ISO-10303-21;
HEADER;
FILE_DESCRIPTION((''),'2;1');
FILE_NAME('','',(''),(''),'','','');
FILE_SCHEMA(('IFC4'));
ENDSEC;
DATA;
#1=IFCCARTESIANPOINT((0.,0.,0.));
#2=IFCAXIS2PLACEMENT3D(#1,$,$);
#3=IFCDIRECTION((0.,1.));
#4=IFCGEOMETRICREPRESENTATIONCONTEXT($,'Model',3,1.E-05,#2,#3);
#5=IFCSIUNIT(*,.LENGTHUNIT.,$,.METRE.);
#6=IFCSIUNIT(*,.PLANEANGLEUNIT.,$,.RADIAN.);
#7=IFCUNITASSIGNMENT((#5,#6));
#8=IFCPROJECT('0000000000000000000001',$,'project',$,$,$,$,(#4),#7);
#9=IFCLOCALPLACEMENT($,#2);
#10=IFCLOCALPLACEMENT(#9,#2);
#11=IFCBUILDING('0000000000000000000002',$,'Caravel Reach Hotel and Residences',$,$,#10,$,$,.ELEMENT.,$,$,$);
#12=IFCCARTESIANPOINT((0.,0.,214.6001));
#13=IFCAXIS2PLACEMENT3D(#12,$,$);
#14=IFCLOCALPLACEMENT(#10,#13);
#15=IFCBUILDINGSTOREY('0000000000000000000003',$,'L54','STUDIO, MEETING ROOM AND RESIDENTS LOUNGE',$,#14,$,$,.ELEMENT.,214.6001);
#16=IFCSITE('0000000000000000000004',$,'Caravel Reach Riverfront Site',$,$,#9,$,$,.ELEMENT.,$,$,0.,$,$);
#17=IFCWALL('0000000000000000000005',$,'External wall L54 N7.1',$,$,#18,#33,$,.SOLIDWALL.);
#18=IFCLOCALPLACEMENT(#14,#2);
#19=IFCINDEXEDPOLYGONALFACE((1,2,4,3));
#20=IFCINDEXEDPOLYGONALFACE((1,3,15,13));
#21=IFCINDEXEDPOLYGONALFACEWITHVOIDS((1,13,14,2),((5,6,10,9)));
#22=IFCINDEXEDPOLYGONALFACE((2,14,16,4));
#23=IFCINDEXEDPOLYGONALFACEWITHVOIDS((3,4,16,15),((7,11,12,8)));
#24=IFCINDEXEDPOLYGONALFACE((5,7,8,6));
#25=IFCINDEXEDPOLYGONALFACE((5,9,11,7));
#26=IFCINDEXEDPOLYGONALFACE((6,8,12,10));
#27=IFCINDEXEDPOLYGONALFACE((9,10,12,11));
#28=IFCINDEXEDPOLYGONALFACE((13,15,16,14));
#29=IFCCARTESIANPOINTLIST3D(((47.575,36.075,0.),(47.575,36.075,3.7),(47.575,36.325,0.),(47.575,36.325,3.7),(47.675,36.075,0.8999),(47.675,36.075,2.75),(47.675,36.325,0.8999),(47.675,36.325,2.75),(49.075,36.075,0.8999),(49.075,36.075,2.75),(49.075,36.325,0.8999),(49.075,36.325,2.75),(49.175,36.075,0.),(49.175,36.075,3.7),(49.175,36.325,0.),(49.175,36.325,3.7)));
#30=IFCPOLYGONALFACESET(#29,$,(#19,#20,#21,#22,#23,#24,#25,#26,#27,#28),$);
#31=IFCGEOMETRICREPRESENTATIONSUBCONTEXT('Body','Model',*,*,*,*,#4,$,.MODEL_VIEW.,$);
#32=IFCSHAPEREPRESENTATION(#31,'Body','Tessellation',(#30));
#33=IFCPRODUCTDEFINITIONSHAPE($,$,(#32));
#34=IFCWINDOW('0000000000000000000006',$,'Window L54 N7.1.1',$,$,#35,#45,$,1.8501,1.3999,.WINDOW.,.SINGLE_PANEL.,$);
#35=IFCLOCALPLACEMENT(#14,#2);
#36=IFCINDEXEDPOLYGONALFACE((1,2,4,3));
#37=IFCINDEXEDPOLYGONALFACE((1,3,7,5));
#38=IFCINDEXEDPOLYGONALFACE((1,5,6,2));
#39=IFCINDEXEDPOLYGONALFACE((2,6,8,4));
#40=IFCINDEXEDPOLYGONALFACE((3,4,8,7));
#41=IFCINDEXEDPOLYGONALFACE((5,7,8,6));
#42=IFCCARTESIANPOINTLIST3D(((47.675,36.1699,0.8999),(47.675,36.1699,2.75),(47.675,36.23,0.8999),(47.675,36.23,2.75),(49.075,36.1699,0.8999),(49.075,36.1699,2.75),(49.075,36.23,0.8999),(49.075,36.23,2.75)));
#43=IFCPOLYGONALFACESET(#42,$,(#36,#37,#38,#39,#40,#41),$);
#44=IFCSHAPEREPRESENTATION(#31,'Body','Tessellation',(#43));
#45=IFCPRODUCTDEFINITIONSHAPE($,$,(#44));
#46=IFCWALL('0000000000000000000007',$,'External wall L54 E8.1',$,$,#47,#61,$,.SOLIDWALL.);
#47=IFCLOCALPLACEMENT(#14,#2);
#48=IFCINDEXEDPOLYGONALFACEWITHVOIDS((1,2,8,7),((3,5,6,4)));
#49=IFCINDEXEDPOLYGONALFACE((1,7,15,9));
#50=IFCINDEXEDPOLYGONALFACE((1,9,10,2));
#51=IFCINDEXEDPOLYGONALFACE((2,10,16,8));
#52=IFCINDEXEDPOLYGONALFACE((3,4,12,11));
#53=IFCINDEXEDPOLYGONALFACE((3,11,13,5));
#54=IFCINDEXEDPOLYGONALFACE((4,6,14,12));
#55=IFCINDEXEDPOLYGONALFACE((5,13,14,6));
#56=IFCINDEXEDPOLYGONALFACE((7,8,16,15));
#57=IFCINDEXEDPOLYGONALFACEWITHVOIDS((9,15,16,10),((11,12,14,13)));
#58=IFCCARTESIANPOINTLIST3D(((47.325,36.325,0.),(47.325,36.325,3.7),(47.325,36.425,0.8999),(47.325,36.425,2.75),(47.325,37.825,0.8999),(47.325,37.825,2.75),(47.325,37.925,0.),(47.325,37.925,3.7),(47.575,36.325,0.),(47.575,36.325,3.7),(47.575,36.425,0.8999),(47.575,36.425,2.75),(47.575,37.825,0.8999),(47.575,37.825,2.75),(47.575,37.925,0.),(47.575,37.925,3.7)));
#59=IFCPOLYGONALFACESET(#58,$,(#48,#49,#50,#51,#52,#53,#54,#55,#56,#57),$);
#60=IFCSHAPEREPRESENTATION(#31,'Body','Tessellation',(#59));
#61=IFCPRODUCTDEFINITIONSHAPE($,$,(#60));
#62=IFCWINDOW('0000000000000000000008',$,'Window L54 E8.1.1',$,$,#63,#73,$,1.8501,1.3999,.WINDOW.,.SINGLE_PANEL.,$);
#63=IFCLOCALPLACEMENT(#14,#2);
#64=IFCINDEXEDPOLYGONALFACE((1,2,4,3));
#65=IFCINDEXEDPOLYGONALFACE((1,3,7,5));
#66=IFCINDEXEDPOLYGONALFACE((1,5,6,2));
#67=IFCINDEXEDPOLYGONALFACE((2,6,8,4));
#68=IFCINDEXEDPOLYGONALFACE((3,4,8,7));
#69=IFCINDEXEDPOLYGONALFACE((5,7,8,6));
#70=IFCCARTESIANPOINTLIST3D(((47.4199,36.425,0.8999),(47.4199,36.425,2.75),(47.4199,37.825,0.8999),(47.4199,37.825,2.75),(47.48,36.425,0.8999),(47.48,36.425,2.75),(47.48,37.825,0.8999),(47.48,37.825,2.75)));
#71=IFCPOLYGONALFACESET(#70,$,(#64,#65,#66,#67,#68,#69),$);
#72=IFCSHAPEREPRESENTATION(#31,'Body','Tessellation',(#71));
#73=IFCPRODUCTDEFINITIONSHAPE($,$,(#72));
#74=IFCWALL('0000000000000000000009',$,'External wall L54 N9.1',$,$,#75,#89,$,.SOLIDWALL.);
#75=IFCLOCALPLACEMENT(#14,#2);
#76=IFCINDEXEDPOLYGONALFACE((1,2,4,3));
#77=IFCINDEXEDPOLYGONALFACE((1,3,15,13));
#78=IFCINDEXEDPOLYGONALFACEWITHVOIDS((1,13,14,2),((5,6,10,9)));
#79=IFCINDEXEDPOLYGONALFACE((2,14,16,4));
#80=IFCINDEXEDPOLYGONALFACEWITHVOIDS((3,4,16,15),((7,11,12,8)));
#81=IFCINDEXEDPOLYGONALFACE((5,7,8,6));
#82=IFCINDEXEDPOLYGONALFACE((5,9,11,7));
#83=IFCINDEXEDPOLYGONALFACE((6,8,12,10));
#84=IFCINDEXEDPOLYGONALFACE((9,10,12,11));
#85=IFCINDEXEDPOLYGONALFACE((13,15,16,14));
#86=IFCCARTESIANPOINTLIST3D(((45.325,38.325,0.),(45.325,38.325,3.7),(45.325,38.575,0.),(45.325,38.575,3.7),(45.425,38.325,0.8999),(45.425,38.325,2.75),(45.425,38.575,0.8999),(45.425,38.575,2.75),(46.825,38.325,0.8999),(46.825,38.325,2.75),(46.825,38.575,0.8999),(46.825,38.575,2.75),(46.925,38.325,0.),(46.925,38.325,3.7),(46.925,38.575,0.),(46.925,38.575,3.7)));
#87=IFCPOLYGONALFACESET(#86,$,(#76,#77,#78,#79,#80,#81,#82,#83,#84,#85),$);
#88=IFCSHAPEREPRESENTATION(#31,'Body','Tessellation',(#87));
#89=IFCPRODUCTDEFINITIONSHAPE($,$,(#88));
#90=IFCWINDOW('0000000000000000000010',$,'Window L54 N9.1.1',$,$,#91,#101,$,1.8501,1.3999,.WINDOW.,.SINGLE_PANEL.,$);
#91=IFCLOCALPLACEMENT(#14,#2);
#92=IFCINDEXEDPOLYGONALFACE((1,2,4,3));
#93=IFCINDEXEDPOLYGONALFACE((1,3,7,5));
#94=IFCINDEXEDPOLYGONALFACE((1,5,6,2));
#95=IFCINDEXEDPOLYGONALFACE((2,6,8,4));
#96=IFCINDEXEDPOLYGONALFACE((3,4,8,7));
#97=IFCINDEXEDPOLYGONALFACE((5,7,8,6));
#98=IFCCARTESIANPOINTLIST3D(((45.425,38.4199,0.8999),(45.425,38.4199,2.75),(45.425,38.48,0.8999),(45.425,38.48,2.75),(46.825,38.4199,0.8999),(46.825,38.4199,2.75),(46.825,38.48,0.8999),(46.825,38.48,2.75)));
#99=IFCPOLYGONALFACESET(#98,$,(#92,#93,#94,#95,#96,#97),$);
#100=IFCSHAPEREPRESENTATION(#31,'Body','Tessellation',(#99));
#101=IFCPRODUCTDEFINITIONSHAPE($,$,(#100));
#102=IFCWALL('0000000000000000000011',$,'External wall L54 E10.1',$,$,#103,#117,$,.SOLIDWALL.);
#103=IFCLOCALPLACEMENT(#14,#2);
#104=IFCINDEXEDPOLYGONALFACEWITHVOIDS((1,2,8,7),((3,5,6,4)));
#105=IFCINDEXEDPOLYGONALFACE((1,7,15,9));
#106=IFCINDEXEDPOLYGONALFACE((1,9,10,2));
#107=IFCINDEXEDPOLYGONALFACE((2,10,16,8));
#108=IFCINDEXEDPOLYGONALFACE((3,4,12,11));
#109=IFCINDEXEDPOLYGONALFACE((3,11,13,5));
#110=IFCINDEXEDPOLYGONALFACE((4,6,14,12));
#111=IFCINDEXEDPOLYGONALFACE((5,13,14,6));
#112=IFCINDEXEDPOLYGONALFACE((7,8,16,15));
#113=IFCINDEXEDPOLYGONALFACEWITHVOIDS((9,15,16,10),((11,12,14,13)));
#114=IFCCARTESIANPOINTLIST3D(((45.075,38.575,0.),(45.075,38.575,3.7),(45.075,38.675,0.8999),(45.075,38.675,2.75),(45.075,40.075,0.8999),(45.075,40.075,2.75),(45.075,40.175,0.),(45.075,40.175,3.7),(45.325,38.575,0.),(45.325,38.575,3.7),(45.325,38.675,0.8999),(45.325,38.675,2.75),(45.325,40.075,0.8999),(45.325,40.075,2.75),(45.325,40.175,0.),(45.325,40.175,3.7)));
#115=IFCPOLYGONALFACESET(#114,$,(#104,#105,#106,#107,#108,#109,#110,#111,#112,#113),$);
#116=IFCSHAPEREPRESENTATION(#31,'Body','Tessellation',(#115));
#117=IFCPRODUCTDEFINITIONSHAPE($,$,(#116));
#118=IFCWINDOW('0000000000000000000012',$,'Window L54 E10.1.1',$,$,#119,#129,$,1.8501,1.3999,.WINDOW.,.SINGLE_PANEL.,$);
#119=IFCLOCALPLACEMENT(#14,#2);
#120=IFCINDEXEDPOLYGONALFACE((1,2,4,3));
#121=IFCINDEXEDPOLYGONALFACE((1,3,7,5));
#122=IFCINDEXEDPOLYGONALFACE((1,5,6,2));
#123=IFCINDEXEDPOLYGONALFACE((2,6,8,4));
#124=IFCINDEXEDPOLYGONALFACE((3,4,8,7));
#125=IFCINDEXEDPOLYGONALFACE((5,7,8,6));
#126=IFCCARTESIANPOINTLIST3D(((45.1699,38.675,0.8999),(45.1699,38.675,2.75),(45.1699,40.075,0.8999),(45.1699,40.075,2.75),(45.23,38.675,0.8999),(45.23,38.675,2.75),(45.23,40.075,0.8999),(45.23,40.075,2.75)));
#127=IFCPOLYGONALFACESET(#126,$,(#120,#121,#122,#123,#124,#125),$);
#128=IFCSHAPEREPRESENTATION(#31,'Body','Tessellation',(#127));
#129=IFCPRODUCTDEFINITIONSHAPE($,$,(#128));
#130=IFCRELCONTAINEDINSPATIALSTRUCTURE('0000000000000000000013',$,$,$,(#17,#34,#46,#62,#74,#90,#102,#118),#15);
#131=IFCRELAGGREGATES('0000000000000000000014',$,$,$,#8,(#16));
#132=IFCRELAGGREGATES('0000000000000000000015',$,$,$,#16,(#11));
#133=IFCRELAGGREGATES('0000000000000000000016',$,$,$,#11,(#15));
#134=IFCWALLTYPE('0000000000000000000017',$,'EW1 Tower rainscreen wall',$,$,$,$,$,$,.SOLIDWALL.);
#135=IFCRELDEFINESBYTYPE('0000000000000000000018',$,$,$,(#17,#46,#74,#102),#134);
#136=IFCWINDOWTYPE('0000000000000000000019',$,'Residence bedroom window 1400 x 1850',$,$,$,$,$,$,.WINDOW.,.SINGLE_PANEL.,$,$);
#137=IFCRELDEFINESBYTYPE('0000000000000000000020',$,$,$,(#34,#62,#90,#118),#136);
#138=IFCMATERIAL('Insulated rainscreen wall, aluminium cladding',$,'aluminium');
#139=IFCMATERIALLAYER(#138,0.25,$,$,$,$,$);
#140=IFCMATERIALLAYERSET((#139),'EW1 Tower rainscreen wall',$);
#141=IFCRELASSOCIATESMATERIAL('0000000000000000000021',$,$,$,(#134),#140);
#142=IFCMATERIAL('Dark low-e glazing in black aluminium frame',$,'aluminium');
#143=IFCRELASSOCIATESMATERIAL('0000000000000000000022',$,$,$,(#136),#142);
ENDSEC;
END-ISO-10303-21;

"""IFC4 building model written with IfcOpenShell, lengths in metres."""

from ifc_helpers import new_model, si_unit, direction, frame, frame_2d, origin, place, context, subcontext, project, spatial, rectangle, extrude, material, layer, layer_set, type_object, element, fill, save


model = new_model("IFC4")

# Units and contexts
model_context = context("Model", 3, precision=1e-05, world=origin(), true_north=direction((0.0, 1.0)))
body_context = subcontext(model_context, "Body", "Model", "MODEL_VIEW")
ifc_project = project(units=[si_unit("LENGTHUNIT", "METRE"), si_unit("PLANEANGLEUNIT", "RADIAN")], contexts=[model_context])

# Site, building, storey
site_placement = place(None, origin())
site = spatial("IfcSite", under=ifc_project, at=site_placement, Name="Caravel Reach Riverfront Site", CompositionType="ELEMENT", RefElevation=0.0)
building_placement = place(site_placement, origin())
building = spatial("IfcBuilding", under=site, at=building_placement, Name="Caravel Reach Hotel and Residences", CompositionType="ELEMENT")
storey_placement = place(building_placement, frame((0.0, 0.0, 214.6001)))
storey = spatial("IfcBuildingStorey", under=building, at=storey_placement, Name="L54", Description="STUDIO, MEETING ROOM AND RESIDENTS LOUNGE", CompositionType="ELEMENT", Elevation=214.6001)

# Walls, openings, windows
ifc_material_1 = material(Name="Insulated rainscreen wall, aluminium cladding", Category="aluminium")
ifc_layer_1 = layer(ifc_material_1, 0.25)
ifc_layer_set_1 = layer_set([ifc_layer_1], Name="EW1 Tower rainscreen wall")
wall_type_1 = type_object("IfcWallType", Name="EW1 Tower rainscreen wall", PredefinedType="SOLIDWALL", material=ifc_layer_set_1)
wall_1_placement = place(storey_placement, frame((49.175, 36.2, 0.0), z_axis=(0.0, 0.0, 1.0), x_axis=(-1.0, 0.0, 0.0)))
wall_1 = element("IfcWall", 1, at=wall_1_placement, inside=storey, type_object=wall_type_1, Name="External wall L54 N7.1", PredefinedType="SOLIDWALL", context=body_context, shape_type="SweptSolid", body=[
    extrude(rectangle(XDim=1.6001, YDim=0.25, at=frame_2d((0.8, 0.0))), origin(), (0.0, 0.0, 1.0), 3.7),
])
opening_1_placement = place(wall_1_placement, frame((0.1001, 0.0, 0.8999)))
opening_1 = element("IfcOpeningElement", 2, at=opening_1_placement, cuts=wall_1, PredefinedType="OPENING", context=body_context, shape_type="SweptSolid", body=[
    extrude(rectangle(XDim=1.3999, YDim=1.8501, at=frame_2d((0.7, 0.925))), frame((0.0, 0.135, 0.0), z_axis=(0.0, -1.0, 0.0), x_axis=(1.0, 0.0, 0.0)), (0.0, 0.0, 1.0), 0.27),
])
ifc_material_2 = material(Name="Dark low-e glazing in black aluminium frame", Category="aluminium")
window_type_1 = type_object("IfcWindowType", Name="Residence bedroom window 1400 x 1850", PartitioningType="SINGLE_PANEL", PredefinedType="WINDOW", material=ifc_material_2)
window_1_placement = place(opening_1_placement, origin())
window_1 = element("IfcWindow", 3, at=window_1_placement, inside=storey, type_object=window_type_1, Name="Window L54 N7.1.1", OverallHeight=1.8501, OverallWidth=1.3999, PartitioningType="SINGLE_PANEL", PredefinedType="WINDOW", context=body_context, shape_type="SweptSolid", body=[
    extrude(rectangle(XDim=1.3999, YDim=1.8501, at=frame_2d((0.7, 0.925))), frame((0.0, 0.03, 0.0), z_axis=(0.0, -1.0, 0.0), x_axis=(1.0, 0.0, 0.0)), (0.0, 0.0, 1.0), 0.0601),
])
fill(opening_1, window_1)
wall_2_placement = place(storey_placement, frame((47.45, 36.325, 0.0), z_axis=(0.0, 0.0, 1.0), x_axis=(0.0, 1.0, 0.0)))
wall_2 = element("IfcWall", 4, at=wall_2_placement, inside=storey, type_object=wall_type_1, Name="External wall L54 E8.1", PredefinedType="SOLIDWALL", context=body_context, shape_type="SweptSolid", body=[
    extrude(rectangle(XDim=1.6001, YDim=0.25, at=frame_2d((0.8, 0.0))), origin(), (0.0, 0.0, 1.0), 3.7),
])
opening_2_placement = place(wall_2_placement, frame((0.1001, 0.0, 0.8999)))
opening_2 = element("IfcOpeningElement", 5, at=opening_2_placement, cuts=wall_2, PredefinedType="OPENING", context=body_context, shape_type="SweptSolid", body=[
    extrude(rectangle(XDim=1.3999, YDim=1.8501, at=frame_2d((0.7, 0.925))), frame((0.0, 0.135, 0.0), z_axis=(0.0, -1.0, 0.0), x_axis=(1.0, 0.0, 0.0)), (0.0, 0.0, 1.0), 0.27),
])
window_2_placement = place(opening_2_placement, origin())
window_2 = element("IfcWindow", 6, at=window_2_placement, inside=storey, type_object=window_type_1, Name="Window L54 E8.1.1", OverallHeight=1.8501, OverallWidth=1.3999, PartitioningType="SINGLE_PANEL", PredefinedType="WINDOW", context=body_context, shape_type="SweptSolid", body=[
    extrude(rectangle(XDim=1.3999, YDim=1.8501, at=frame_2d((0.7, 0.925))), frame((0.0, 0.03, 0.0), z_axis=(0.0, -1.0, 0.0), x_axis=(1.0, 0.0, 0.0)), (0.0, 0.0, 1.0), 0.0601),
])
fill(opening_2, window_2)
wall_3_placement = place(storey_placement, frame((46.925, 38.45, 0.0), z_axis=(0.0, 0.0, 1.0), x_axis=(-1.0, 0.0, 0.0)))
wall_3 = element("IfcWall", 7, at=wall_3_placement, inside=storey, type_object=wall_type_1, Name="External wall L54 N9.1", PredefinedType="SOLIDWALL", context=body_context, shape_type="SweptSolid", body=[
    extrude(rectangle(XDim=1.6001, YDim=0.25, at=frame_2d((0.8, 0.0))), origin(), (0.0, 0.0, 1.0), 3.7),
])
opening_3_placement = place(wall_3_placement, frame((0.1001, 0.0, 0.8999)))
opening_3 = element("IfcOpeningElement", 8, at=opening_3_placement, cuts=wall_3, PredefinedType="OPENING", context=body_context, shape_type="SweptSolid", body=[
    extrude(rectangle(XDim=1.3999, YDim=1.8501, at=frame_2d((0.7, 0.925))), frame((0.0, 0.135, 0.0), z_axis=(0.0, -1.0, 0.0), x_axis=(1.0, 0.0, 0.0)), (0.0, 0.0, 1.0), 0.27),
])
window_3_placement = place(opening_3_placement, origin())
window_3 = element("IfcWindow", 9, at=window_3_placement, inside=storey, type_object=window_type_1, Name="Window L54 N9.1.1", OverallHeight=1.8501, OverallWidth=1.3999, PartitioningType="SINGLE_PANEL", PredefinedType="WINDOW", context=body_context, shape_type="SweptSolid", body=[
    extrude(rectangle(XDim=1.3999, YDim=1.8501, at=frame_2d((0.7, 0.925))), frame((0.0, 0.03, 0.0), z_axis=(0.0, -1.0, 0.0), x_axis=(1.0, 0.0, 0.0)), (0.0, 0.0, 1.0), 0.0601),
])
fill(opening_3, window_3)
wall_4_placement = place(storey_placement, frame((45.2, 38.575, 0.0), z_axis=(0.0, 0.0, 1.0), x_axis=(0.0, 1.0, 0.0)))
wall_4 = element("IfcWall", 10, at=wall_4_placement, inside=storey, type_object=wall_type_1, Name="External wall L54 E10.1", PredefinedType="SOLIDWALL", context=body_context, shape_type="SweptSolid", body=[
    extrude(rectangle(XDim=1.6001, YDim=0.25, at=frame_2d((0.8, 0.0))), origin(), (0.0, 0.0, 1.0), 3.7),
])
opening_4_placement = place(wall_4_placement, frame((0.1001, 0.0, 0.8999)))
opening_4 = element("IfcOpeningElement", 11, at=opening_4_placement, cuts=wall_4, PredefinedType="OPENING", context=body_context, shape_type="SweptSolid", body=[
    extrude(rectangle(XDim=1.3999, YDim=1.8501, at=frame_2d((0.7, 0.925))), frame((0.0, 0.135, 0.0), z_axis=(0.0, -1.0, 0.0), x_axis=(1.0, 0.0, 0.0)), (0.0, 0.0, 1.0), 0.27),
])
window_4_placement = place(opening_4_placement, origin())
window_4 = element("IfcWindow", 12, at=window_4_placement, inside=storey, type_object=window_type_1, Name="Window L54 E10.1.1", OverallHeight=1.8501, OverallWidth=1.3999, PartitioningType="SINGLE_PANEL", PredefinedType="WINDOW", context=body_context, shape_type="SweptSolid", body=[
    extrude(rectangle(XDim=1.3999, YDim=1.8501, at=frame_2d((0.7, 0.925))), frame((0.0, 0.03, 0.0), z_axis=(0.0, -1.0, 0.0), x_axis=(1.0, 0.0, 0.0)), (0.0, 0.0, 1.0), 0.0601),
])
fill(opening_4, window_4)

save(model, "model.ifc")
